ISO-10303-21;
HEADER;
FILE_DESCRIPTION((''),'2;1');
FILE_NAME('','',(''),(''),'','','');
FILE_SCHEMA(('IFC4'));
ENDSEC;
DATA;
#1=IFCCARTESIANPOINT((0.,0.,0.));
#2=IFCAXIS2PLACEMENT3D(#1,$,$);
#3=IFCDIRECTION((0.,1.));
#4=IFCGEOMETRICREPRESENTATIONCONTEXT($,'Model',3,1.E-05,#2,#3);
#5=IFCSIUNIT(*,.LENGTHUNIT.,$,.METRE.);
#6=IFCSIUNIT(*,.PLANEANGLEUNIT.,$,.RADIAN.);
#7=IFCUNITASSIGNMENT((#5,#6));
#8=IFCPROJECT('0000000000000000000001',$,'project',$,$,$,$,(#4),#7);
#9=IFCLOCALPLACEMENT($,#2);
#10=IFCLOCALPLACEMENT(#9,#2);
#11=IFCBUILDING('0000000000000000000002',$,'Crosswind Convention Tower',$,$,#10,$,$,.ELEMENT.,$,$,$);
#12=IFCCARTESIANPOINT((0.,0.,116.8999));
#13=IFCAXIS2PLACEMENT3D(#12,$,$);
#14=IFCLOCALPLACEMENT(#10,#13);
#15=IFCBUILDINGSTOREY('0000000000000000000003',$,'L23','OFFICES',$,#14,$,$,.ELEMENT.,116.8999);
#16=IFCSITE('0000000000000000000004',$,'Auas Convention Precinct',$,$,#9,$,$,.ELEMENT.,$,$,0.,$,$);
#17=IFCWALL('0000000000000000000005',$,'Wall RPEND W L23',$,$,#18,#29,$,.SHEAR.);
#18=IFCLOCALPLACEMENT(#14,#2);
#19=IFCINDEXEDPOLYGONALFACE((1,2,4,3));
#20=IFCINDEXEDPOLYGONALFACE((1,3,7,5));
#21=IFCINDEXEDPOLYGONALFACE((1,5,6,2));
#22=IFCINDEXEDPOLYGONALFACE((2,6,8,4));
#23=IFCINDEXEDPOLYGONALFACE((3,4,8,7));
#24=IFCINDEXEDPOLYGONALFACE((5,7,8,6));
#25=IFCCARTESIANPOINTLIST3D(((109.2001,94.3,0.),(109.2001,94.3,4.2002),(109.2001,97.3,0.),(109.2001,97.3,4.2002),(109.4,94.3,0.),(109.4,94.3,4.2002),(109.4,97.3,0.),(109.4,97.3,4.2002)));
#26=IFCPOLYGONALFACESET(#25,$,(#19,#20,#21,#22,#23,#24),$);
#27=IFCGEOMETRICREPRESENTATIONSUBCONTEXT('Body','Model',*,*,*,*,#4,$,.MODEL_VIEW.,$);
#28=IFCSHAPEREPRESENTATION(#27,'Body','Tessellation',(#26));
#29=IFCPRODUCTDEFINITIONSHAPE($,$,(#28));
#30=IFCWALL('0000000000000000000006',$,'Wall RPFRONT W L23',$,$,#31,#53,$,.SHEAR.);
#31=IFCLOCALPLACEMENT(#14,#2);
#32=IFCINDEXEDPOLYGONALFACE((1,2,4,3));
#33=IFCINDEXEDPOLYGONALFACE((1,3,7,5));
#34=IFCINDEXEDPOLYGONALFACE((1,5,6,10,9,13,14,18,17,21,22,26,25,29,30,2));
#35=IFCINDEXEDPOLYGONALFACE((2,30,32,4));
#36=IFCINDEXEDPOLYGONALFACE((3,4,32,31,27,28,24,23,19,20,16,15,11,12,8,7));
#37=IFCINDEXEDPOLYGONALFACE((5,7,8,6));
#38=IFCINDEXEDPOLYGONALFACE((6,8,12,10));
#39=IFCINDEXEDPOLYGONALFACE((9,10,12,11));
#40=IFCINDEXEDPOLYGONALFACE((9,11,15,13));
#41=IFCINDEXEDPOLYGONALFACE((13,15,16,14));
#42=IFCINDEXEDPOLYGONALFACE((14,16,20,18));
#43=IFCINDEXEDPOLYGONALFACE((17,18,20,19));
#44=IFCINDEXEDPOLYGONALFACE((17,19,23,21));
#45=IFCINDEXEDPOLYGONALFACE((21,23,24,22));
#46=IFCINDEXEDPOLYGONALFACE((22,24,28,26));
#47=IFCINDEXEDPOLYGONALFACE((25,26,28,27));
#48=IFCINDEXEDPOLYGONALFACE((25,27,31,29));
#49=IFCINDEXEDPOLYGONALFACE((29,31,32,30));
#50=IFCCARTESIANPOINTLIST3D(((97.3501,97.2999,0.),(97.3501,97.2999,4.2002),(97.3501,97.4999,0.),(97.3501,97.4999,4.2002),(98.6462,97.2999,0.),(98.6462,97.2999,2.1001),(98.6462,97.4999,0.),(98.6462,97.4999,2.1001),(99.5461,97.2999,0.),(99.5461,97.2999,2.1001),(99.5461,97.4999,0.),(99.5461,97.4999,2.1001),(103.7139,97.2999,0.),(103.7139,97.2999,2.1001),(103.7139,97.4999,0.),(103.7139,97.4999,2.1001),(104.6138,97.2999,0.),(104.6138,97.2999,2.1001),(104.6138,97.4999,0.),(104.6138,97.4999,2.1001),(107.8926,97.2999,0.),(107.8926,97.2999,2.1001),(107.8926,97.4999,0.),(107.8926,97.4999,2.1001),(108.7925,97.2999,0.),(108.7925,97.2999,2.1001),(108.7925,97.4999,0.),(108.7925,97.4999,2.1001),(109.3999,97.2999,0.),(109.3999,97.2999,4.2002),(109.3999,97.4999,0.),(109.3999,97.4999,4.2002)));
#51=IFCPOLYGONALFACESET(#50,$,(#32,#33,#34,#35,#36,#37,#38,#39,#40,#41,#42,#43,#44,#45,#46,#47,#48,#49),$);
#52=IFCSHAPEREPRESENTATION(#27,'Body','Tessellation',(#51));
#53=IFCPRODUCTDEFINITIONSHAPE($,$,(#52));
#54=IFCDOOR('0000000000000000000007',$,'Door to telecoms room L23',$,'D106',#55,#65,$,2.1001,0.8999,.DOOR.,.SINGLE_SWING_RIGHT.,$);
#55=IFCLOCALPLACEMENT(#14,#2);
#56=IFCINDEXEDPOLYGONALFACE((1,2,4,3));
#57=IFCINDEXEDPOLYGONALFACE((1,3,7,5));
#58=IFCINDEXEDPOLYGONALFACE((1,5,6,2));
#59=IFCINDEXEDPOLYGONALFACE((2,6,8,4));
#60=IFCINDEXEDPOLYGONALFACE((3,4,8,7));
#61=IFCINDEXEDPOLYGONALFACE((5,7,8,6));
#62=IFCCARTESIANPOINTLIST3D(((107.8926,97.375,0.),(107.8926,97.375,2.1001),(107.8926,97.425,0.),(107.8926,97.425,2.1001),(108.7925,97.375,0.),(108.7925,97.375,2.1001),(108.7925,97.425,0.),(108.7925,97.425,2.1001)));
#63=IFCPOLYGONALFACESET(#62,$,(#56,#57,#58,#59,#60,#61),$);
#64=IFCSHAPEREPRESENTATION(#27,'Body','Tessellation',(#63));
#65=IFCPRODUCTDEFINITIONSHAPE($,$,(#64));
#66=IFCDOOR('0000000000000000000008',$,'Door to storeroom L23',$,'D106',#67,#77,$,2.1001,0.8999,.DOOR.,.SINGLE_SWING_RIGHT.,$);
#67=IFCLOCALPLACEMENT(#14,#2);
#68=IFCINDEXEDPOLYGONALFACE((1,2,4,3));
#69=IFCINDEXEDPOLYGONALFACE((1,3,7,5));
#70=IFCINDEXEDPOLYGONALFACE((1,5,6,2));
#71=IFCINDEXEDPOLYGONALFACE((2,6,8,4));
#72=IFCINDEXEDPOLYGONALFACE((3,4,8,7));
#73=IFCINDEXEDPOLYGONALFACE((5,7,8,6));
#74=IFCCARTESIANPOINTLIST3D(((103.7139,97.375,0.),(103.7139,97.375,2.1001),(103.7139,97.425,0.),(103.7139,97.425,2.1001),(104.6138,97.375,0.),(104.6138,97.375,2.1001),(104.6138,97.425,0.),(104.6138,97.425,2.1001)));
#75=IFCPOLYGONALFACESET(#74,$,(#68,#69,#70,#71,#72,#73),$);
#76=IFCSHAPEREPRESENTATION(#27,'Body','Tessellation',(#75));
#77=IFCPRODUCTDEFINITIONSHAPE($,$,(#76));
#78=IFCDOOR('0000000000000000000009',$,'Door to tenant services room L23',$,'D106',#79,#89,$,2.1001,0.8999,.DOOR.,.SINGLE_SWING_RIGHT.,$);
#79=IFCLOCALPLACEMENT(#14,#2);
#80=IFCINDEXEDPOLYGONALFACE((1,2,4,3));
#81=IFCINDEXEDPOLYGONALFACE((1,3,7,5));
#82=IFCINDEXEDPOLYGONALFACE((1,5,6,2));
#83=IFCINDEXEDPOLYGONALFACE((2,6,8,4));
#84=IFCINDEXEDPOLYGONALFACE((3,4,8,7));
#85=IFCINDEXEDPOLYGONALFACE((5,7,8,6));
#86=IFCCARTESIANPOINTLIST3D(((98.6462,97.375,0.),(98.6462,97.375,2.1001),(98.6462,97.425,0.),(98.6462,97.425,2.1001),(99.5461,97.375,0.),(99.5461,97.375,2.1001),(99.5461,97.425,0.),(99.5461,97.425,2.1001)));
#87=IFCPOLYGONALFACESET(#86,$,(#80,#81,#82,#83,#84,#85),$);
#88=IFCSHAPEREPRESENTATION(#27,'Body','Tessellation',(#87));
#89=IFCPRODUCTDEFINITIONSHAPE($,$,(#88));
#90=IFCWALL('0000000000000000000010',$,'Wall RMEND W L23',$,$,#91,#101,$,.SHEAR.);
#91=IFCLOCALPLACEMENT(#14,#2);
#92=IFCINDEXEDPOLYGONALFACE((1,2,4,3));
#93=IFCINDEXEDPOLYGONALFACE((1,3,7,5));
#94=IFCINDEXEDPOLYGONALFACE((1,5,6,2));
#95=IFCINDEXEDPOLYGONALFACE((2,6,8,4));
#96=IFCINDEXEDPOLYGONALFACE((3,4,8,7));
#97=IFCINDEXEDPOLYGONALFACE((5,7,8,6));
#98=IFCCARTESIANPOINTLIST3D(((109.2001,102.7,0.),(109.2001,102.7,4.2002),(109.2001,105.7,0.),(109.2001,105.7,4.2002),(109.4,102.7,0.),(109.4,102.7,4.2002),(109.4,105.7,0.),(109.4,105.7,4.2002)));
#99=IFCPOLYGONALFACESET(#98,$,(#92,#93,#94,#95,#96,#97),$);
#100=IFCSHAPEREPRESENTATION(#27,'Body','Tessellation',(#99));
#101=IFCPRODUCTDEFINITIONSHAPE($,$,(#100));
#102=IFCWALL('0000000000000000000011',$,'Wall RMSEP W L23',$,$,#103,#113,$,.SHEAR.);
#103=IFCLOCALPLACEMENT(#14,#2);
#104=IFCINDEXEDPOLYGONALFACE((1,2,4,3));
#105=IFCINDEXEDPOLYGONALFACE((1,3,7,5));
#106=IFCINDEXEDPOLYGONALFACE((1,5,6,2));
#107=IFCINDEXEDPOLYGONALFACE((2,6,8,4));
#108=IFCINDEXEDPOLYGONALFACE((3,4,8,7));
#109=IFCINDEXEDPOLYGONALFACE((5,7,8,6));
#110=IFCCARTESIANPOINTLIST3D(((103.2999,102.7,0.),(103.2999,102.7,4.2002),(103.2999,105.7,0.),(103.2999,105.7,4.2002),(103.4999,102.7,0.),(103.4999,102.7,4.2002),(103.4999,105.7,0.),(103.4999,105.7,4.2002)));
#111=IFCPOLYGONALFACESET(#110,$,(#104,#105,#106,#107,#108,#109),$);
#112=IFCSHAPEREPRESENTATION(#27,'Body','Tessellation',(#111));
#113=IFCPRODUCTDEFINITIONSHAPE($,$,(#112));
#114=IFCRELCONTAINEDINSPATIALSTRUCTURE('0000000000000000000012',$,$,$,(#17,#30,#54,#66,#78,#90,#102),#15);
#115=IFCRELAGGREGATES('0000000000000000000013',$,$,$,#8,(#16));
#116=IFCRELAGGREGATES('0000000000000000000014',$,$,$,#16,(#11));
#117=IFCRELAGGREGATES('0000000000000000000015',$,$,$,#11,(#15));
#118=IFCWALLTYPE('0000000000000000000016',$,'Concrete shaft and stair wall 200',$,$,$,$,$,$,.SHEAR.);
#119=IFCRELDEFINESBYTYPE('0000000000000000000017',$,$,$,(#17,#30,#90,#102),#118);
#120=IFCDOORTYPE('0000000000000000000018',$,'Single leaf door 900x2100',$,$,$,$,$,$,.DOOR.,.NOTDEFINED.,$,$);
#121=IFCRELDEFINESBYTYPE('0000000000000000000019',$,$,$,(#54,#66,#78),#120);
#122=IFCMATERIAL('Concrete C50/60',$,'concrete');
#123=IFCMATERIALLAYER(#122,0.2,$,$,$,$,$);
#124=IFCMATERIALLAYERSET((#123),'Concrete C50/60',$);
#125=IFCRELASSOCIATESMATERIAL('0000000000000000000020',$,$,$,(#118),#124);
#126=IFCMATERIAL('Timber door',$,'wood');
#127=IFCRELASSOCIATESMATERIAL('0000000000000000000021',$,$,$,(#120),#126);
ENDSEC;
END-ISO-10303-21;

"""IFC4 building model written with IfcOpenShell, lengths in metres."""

from ifc_helpers import new_model, si_unit, direction, frame, frame_2d, origin, place, context, subcontext, project, spatial, rectangle, extrude, material, layer, layer_set, type_object, element, fill, save


model = new_model("IFC4")

# Units and contexts
model_context = context("Model", 3, precision=1e-05, world=origin(), true_north=direction((0.0, 1.0)))
body_context = subcontext(model_context, "Body", "Model", "MODEL_VIEW")
ifc_project = project(units=[si_unit("LENGTHUNIT", "METRE"), si_unit("PLANEANGLEUNIT", "RADIAN")], contexts=[model_context])

# Site, building, storey
site_placement = place(None, origin())
site = spatial("IfcSite", under=ifc_project, at=site_placement, Name="Auas Convention Precinct", CompositionType="ELEMENT", RefElevation=0.0)
building_placement = place(site_placement, origin())
building = spatial("IfcBuilding", under=site, at=building_placement, Name="Crosswind Convention Tower", CompositionType="ELEMENT")
storey_placement = place(building_placement, frame((0.0, 0.0, 116.8999)))
storey = spatial("IfcBuildingStorey", under=building, at=storey_placement, Name="L23", Description="OFFICES", CompositionType="ELEMENT", Elevation=116.8999)

# Wall
ifc_material_1 = material(Name="Concrete C50/60", Category="concrete")
ifc_layer_1 = layer(ifc_material_1, 0.2)
ifc_layer_set_1 = layer_set([ifc_layer_1], Name="Concrete C50/60")
wall_type_1 = type_object("IfcWallType", Name="Concrete shaft and stair wall 200", PredefinedType="SHEAR", material=ifc_layer_set_1)
wall_1_placement = place(storey_placement, frame((109.3, 97.3, 0.0), z_axis=(0.0, 0.0, 1.0), x_axis=(0.0, -1.0, 0.0)))
element("IfcWall", 1, at=wall_1_placement, inside=storey, type_object=wall_type_1, Name="Wall RPEND W L23", PredefinedType="SHEAR", context=body_context, shape_type="SweptSolid", body=[
    extrude(rectangle(XDim=3.0, YDim=0.2, at=frame_2d((1.5, 0.0))), origin(), (0.0, 0.0, 1.0), 4.2002),
])

# Wall, openings, doors
wall_2_placement = place(storey_placement, frame((109.3999, 97.3999, 0.0), z_axis=(0.0, 0.0, 1.0), x_axis=(-1.0, 0.0, 0.0)))
wall_2 = element("IfcWall", 2, at=wall_2_placement, inside=storey, type_object=wall_type_1, Name="Wall RPFRONT W L23", PredefinedType="SHEAR", context=body_context, shape_type="SweptSolid", body=[
    extrude(rectangle(XDim=12.0498, YDim=0.2, at=frame_2d((6.0249, 0.0))), origin(), (0.0, 0.0, 1.0), 4.2002),
])
opening_1_placement = place(wall_2_placement, frame((0.6074, 0.0, 0.0)))
opening_1 = element("IfcOpeningElement", 3, at=opening_1_placement, cuts=wall_2, PredefinedType="OPENING", context=body_context, shape_type="SweptSolid", body=[
    extrude(rectangle(XDim=0.8999, YDim=2.1001, at=frame_2d((0.45, 1.05))), frame((0.0, 0.1099, 0.0), z_axis=(0.0, -1.0, 0.0), x_axis=(1.0, 0.0, 0.0)), (0.0, 0.0, 1.0), 0.22),
])
opening_2_placement = place(wall_2_placement, frame((4.7861, 0.0, 0.0)))
opening_2 = element("IfcOpeningElement", 4, at=opening_2_placement, cuts=wall_2, PredefinedType="OPENING", context=body_context, shape_type="SweptSolid", body=[
    extrude(rectangle(XDim=0.8999, YDim=2.1001, at=frame_2d((0.45, 1.05))), frame((0.0, 0.1099, 0.0), z_axis=(0.0, -1.0, 0.0), x_axis=(1.0, 0.0, 0.0)), (0.0, 0.0, 1.0), 0.22),
])
opening_3_placement = place(wall_2_placement, frame((9.8538, 0.0, 0.0)))
opening_3 = element("IfcOpeningElement", 5, at=opening_3_placement, cuts=wall_2, PredefinedType="OPENING", context=body_context, shape_type="SweptSolid", body=[
    extrude(rectangle(XDim=0.8999, YDim=2.1001, at=frame_2d((0.45, 1.05))), frame((0.0, 0.1099, 0.0), z_axis=(0.0, -1.0, 0.0), x_axis=(1.0, 0.0, 0.0)), (0.0, 0.0, 1.0), 0.22),
])
ifc_material_2 = material(Name="Timber door", Category="wood")
door_type_1 = type_object("IfcDoorType", Name="Single leaf door 900x2100", OperationType="NOTDEFINED", PredefinedType="DOOR", material=ifc_material_2)
door_1_placement = place(opening_1_placement, origin())
door_1 = element("IfcDoor", 6, at=door_1_placement, inside=storey, type_object=door_type_1, Name="Door to telecoms room L23", ObjectType="D106", OperationType="SINGLE_SWING_RIGHT", OverallHeight=2.1001, OverallWidth=0.8999, PredefinedType="DOOR", context=body_context, shape_type="SweptSolid", body=[
    extrude(rectangle(XDim=0.8999, YDim=2.1001, at=frame_2d((0.45, 1.05))), frame((0.0, 0.0249, 0.0), z_axis=(0.0, -1.0, 0.0), x_axis=(1.0, 0.0, 0.0)), (0.0, 0.0, 1.0), 0.05),
])
fill(opening_1, door_1)
door_2_placement = place(opening_2_placement, origin())
door_2 = element("IfcDoor", 7, at=door_2_placement, inside=storey, type_object=door_type_1, Name="Door to storeroom L23", ObjectType="D106", OperationType="SINGLE_SWING_RIGHT", OverallHeight=2.1001, OverallWidth=0.8999, PredefinedType="DOOR", context=body_context, shape_type="SweptSolid", body=[
    extrude(rectangle(XDim=0.8999, YDim=2.1001, at=frame_2d((0.45, 1.05))), frame((0.0, 0.0249, 0.0), z_axis=(0.0, -1.0, 0.0), x_axis=(1.0, 0.0, 0.0)), (0.0, 0.0, 1.0), 0.05),
])
fill(opening_2, door_2)
door_3_placement = place(opening_3_placement, origin())
door_3 = element("IfcDoor", 8, at=door_3_placement, inside=storey, type_object=door_type_1, Name="Door to tenant services room L23", ObjectType="D106", OperationType="SINGLE_SWING_RIGHT", OverallHeight=2.1001, OverallWidth=0.8999, PredefinedType="DOOR", context=body_context, shape_type="SweptSolid", body=[
    extrude(rectangle(XDim=0.8999, YDim=2.1001, at=frame_2d((0.45, 1.05))), frame((0.0, 0.0249, 0.0), z_axis=(0.0, -1.0, 0.0), x_axis=(1.0, 0.0, 0.0)), (0.0, 0.0, 1.0), 0.05),
])
fill(opening_3, door_3)

# Walls
for number, where, z_axis, x_axis, name in (
    (9, (109.3, 105.7, 0.0), (0.0, 0.0, 1.0), (0.0, -1.0, 0.0), "Wall RMEND W L23"),
    (10, (103.3999, 105.7, 0.0), (0.0, 0.0, 1.0), (0.0, -1.0, 0.0), "Wall RMSEP W L23"),
):
    element("IfcWall", number, at=place(storey_placement, frame(where, z_axis=z_axis, x_axis=x_axis)), inside=storey, type_object=wall_type_1, Name=name, PredefinedType="SHEAR", context=body_context, shape_type="SweptSolid", body=[
        extrude(rectangle(XDim=3.0, YDim=0.2, at=frame_2d((1.5, 0.0))), origin(), (0.0, 0.0, 1.0), 4.2002),
    ])

save(model, "model.ifc")
